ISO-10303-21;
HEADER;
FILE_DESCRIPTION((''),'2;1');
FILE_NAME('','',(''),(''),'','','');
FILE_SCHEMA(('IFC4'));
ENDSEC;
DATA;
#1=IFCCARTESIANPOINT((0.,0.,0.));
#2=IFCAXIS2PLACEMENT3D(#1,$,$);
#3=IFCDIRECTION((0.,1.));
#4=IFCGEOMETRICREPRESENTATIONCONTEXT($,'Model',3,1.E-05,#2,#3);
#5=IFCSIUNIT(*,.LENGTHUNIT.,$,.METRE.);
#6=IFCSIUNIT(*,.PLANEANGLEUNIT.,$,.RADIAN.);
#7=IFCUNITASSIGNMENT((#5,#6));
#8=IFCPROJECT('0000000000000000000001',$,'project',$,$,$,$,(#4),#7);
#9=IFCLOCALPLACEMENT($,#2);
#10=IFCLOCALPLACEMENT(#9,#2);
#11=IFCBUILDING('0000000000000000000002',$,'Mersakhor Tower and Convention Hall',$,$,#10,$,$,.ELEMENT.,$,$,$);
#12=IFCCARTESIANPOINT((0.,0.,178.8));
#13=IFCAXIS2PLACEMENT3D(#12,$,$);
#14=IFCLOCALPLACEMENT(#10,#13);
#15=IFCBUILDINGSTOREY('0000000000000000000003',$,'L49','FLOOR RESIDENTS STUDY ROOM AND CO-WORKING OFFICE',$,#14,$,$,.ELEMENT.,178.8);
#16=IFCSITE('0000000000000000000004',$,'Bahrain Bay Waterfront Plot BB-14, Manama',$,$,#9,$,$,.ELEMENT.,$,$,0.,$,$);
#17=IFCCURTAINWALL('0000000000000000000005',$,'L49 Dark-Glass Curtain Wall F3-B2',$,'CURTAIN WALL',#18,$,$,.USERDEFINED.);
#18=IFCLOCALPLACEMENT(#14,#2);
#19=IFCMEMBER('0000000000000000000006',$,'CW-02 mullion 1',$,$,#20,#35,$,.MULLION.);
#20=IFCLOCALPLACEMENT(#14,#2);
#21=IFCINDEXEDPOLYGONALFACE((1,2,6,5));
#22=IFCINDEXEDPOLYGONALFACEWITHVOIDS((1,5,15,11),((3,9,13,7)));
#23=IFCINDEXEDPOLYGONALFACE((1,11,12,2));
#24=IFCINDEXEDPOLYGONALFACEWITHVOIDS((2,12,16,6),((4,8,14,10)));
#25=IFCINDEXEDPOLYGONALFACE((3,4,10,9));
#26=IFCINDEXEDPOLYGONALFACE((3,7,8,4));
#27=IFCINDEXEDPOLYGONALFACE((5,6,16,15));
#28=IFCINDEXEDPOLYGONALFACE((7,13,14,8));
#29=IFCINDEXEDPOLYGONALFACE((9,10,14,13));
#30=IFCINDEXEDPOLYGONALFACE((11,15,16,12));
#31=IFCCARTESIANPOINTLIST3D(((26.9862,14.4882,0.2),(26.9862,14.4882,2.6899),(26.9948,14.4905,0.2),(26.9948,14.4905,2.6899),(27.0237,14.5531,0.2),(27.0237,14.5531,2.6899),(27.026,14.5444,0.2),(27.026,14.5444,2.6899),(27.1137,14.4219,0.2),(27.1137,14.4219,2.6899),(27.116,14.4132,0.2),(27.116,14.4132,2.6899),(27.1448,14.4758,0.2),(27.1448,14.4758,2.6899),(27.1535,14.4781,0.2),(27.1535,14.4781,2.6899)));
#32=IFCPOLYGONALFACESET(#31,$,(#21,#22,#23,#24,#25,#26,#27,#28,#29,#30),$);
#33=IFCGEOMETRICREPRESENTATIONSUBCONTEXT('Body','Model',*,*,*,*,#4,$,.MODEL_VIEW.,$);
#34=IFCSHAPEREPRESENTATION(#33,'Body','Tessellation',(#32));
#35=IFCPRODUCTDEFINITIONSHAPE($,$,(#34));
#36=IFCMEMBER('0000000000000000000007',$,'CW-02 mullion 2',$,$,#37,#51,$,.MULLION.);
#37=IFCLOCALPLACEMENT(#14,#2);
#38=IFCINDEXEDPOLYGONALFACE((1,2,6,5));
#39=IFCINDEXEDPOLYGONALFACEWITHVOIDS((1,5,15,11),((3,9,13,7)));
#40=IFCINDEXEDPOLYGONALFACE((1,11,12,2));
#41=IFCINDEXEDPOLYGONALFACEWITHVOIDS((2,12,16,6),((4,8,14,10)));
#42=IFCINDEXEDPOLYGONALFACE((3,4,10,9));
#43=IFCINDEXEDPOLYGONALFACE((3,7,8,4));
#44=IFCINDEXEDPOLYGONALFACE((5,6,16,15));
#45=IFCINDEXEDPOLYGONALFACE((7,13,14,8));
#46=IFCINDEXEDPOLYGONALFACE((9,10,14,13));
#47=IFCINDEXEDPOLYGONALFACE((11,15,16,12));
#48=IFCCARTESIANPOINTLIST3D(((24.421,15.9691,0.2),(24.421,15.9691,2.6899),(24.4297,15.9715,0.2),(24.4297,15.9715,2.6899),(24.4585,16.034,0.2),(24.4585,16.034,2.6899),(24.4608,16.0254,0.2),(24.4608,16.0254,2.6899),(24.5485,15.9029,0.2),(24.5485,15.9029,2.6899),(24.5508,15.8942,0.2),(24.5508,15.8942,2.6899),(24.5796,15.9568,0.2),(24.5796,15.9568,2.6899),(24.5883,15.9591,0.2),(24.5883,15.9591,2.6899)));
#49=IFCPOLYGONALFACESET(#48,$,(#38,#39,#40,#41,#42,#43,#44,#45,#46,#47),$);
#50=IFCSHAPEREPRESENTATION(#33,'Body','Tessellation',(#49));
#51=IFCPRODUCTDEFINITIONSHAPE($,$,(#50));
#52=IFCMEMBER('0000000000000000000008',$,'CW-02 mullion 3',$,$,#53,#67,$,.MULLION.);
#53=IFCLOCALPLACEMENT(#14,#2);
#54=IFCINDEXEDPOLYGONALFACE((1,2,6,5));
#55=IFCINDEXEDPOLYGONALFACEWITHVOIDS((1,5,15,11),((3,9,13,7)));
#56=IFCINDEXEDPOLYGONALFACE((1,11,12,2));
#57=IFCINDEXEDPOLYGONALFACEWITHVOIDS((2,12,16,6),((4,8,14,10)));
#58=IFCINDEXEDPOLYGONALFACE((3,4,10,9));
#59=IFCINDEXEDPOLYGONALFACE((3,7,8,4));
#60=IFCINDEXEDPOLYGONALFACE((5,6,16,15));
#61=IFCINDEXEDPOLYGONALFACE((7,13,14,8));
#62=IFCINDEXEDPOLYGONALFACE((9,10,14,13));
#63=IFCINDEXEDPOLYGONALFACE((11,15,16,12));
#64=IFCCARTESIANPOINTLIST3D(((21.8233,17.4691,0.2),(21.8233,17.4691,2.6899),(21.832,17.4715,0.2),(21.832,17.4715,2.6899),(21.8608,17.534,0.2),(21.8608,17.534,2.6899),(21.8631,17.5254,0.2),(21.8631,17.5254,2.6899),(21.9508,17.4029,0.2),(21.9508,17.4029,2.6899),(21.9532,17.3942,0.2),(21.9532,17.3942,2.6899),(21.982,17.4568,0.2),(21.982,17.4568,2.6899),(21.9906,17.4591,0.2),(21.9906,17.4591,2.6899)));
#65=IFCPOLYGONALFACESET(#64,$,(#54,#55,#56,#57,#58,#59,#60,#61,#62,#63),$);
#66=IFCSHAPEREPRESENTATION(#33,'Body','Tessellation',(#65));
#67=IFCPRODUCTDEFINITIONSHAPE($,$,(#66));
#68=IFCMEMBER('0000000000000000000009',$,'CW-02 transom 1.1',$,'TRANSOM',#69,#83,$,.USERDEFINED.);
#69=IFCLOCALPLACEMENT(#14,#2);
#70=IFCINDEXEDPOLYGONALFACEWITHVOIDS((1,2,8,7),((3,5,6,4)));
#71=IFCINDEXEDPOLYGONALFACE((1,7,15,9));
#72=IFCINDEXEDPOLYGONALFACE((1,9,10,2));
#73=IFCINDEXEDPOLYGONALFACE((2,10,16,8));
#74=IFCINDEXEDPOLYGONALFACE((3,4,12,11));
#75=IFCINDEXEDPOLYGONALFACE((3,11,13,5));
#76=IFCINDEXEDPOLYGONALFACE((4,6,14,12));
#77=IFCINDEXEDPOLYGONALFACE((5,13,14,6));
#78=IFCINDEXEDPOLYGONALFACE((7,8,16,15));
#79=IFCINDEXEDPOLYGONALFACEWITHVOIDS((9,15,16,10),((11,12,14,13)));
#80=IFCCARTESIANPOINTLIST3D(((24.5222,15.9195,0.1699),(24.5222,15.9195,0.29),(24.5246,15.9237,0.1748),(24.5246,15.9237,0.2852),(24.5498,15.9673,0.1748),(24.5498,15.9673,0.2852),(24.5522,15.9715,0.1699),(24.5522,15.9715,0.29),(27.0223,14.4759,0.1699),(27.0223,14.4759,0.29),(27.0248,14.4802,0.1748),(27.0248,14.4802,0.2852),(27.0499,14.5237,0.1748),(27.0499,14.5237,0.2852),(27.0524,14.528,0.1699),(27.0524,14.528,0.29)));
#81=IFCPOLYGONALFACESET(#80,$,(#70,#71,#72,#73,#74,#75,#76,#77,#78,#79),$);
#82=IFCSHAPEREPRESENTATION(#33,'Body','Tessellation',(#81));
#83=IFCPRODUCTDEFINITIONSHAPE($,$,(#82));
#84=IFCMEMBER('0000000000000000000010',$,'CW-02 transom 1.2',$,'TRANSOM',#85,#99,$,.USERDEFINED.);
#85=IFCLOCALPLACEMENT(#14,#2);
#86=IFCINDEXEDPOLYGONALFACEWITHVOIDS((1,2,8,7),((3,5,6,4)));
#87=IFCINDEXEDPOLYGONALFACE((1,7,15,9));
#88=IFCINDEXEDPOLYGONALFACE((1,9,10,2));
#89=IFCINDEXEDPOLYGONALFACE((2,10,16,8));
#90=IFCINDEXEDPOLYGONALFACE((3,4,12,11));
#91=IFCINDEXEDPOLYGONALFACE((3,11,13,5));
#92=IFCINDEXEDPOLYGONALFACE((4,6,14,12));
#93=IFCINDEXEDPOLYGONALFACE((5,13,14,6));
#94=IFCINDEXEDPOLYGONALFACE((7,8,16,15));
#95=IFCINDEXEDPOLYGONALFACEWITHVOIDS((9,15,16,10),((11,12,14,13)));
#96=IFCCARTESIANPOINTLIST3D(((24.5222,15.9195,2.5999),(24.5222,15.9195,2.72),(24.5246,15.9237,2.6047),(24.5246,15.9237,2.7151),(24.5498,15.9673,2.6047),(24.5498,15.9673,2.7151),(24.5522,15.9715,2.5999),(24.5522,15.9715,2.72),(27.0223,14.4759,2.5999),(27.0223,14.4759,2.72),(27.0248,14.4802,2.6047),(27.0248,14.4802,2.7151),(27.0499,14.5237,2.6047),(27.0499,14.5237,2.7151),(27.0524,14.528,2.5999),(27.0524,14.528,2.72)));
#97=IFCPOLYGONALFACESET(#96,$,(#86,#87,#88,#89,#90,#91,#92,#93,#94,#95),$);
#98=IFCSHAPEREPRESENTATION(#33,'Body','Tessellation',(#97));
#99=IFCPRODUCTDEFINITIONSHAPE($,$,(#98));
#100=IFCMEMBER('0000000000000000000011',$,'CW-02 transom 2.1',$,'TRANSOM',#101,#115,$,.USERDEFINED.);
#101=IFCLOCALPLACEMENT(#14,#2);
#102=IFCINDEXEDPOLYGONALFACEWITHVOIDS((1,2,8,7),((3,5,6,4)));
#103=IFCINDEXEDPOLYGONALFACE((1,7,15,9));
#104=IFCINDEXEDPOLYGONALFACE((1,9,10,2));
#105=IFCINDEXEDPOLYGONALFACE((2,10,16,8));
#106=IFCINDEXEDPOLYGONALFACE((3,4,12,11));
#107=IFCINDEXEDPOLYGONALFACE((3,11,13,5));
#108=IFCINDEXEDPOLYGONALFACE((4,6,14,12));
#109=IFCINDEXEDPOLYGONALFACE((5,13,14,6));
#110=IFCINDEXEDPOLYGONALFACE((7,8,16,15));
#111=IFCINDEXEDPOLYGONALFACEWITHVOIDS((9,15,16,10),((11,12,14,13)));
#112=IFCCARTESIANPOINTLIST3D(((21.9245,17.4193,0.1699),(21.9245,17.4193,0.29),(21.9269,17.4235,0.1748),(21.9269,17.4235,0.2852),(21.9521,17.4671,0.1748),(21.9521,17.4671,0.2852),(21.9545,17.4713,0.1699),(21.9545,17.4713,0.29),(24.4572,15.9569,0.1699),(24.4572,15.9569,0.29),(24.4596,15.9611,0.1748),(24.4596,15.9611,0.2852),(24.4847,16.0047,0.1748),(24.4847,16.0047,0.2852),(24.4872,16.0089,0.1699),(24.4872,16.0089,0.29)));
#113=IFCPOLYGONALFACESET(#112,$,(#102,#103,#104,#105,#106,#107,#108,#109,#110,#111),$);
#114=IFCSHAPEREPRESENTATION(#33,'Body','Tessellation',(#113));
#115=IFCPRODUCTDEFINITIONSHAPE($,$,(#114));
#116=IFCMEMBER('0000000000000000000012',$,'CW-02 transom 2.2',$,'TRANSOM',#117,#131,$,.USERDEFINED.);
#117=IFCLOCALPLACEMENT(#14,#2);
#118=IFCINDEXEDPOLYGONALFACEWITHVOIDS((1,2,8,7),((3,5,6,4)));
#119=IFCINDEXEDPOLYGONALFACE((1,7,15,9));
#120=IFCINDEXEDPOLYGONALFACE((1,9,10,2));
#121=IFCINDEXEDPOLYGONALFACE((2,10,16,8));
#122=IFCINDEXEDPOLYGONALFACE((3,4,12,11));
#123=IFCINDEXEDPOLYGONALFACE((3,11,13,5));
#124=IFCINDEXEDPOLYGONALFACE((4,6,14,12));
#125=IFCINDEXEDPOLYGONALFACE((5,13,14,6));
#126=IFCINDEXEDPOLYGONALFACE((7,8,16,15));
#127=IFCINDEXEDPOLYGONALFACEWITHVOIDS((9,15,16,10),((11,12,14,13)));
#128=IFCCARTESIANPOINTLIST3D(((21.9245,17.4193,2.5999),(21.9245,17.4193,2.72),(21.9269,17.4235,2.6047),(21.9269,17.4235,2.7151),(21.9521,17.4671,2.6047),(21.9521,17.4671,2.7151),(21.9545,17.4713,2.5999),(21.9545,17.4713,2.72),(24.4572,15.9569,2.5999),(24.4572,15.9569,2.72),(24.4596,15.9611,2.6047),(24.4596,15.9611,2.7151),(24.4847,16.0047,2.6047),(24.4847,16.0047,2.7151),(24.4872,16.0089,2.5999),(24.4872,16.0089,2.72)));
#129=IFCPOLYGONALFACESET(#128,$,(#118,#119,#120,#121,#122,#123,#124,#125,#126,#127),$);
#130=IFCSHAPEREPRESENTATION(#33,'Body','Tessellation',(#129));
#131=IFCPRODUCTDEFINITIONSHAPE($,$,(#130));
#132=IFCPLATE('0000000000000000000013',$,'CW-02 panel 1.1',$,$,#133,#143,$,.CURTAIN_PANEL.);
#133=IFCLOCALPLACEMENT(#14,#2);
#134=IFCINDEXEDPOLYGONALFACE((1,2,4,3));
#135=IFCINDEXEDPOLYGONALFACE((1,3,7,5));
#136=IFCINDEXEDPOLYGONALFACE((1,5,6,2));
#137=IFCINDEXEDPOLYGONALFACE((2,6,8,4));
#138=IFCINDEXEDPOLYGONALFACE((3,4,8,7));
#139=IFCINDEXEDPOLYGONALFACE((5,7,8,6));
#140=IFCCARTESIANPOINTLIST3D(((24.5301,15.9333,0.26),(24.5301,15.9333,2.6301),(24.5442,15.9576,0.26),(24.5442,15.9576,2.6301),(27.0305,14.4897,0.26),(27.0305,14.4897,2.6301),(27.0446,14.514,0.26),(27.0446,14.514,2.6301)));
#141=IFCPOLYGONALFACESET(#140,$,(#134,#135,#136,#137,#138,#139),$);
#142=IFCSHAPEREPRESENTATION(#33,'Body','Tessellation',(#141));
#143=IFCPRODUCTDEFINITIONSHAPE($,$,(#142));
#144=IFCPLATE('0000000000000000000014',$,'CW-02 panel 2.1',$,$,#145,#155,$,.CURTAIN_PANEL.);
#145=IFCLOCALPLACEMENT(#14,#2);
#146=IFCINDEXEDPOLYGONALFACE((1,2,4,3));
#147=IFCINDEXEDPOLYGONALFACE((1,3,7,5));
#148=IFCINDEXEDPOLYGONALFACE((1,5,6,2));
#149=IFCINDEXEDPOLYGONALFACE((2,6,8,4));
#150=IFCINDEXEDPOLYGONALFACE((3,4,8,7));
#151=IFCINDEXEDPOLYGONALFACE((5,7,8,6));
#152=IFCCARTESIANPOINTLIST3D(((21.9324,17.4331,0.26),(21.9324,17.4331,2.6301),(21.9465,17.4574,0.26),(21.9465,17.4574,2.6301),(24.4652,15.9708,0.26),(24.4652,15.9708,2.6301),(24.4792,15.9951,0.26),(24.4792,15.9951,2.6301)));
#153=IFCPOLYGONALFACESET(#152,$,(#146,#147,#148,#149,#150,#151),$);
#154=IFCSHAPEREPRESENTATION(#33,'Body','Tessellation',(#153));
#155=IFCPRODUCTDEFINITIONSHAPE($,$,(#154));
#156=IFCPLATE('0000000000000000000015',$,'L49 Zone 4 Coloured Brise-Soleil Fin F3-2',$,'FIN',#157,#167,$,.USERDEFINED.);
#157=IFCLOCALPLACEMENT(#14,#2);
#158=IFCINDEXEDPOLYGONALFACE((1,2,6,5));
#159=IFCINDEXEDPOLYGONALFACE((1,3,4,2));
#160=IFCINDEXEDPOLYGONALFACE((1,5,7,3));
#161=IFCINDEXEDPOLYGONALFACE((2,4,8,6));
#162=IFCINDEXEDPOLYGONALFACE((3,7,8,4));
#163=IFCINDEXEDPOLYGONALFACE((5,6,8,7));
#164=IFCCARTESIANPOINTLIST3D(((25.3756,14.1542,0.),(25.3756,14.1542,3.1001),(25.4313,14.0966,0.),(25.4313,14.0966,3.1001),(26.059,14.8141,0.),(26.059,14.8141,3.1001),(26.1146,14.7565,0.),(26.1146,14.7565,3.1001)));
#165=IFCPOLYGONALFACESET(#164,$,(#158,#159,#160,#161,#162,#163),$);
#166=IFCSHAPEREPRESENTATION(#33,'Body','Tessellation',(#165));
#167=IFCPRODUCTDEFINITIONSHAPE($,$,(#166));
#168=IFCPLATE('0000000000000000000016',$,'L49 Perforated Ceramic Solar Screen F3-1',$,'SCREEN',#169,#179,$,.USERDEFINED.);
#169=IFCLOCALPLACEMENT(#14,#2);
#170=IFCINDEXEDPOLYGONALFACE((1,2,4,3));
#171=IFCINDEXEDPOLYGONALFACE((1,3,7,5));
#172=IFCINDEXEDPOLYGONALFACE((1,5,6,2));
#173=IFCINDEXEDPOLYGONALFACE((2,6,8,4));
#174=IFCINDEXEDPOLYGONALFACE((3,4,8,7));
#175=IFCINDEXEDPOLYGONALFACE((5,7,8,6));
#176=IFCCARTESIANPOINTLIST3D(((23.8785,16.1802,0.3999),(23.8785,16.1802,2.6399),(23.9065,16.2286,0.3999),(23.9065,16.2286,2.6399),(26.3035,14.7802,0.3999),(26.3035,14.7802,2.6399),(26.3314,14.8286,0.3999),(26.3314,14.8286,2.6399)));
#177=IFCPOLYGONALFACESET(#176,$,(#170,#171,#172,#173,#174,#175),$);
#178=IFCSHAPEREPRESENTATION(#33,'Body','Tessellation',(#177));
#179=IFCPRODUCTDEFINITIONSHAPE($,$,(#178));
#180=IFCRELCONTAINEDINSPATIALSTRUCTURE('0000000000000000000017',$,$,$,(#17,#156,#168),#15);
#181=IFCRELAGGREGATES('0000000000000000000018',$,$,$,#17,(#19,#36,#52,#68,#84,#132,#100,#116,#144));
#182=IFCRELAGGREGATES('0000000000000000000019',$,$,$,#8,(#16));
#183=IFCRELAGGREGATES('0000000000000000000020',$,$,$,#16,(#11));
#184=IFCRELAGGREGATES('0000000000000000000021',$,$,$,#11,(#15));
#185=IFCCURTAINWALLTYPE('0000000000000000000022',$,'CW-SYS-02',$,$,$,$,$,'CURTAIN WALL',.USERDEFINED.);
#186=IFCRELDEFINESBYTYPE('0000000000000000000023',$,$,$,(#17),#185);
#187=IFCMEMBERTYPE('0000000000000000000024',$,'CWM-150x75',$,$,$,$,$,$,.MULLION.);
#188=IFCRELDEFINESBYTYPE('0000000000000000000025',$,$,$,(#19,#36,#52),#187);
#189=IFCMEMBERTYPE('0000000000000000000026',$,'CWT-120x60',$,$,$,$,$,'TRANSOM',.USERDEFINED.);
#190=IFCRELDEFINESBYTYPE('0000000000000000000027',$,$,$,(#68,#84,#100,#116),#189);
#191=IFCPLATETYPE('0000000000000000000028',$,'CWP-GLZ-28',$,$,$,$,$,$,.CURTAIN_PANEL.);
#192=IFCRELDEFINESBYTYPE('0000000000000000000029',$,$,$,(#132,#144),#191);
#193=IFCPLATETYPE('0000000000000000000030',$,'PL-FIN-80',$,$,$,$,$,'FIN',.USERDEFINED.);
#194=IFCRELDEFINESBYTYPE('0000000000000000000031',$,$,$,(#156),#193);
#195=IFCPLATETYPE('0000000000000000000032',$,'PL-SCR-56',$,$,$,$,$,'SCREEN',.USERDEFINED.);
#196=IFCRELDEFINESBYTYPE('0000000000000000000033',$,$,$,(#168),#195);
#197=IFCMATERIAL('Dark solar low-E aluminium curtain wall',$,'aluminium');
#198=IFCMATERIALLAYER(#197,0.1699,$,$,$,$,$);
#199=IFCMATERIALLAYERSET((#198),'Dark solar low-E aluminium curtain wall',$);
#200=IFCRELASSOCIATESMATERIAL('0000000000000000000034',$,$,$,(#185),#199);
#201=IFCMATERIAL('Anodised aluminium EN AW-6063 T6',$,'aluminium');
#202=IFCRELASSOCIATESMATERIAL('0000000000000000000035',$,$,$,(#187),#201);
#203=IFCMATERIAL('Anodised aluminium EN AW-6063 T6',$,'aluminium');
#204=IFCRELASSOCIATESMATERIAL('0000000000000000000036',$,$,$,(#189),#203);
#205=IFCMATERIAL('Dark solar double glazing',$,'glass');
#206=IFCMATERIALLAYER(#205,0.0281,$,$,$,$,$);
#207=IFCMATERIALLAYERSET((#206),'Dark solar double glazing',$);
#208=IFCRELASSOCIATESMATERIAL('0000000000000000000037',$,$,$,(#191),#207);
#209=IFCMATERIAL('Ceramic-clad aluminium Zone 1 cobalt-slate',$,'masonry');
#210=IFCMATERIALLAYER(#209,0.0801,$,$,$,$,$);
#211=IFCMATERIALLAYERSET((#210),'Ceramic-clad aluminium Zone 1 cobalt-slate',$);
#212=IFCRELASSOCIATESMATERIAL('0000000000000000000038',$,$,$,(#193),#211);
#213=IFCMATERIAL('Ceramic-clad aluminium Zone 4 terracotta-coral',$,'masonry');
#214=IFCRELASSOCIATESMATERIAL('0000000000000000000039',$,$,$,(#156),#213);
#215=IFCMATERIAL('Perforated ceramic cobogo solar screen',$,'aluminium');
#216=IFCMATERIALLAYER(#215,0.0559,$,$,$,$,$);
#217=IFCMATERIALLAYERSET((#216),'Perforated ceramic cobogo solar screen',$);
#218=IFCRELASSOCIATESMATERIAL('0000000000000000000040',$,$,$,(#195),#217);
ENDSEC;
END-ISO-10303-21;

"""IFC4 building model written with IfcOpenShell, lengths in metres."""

from ifc_helpers import new_model, si_unit, direction, frame, origin, origin_2d, place, context, subcontext, project, spatial, rectangle, hollow_rectangle, extrude, material, layer, layer_set, material_profile, profile_set, type_object, element, aggregate, save


model = new_model("IFC4")

# Units and contexts
model_context = context("Model", 3, precision=1e-05, world=origin(), true_north=direction((0.0, 1.0)))
body_context = subcontext(model_context, "Body", "Model", "MODEL_VIEW")
ifc_project = project(units=[si_unit("LENGTHUNIT", "METRE"), si_unit("PLANEANGLEUNIT", "RADIAN")], contexts=[model_context])

# Site, building, storey
site_placement = place(None, origin())
site = spatial("IfcSite", under=ifc_project, at=site_placement, Name="Bahrain Bay Waterfront Plot BB-14, Manama", CompositionType="ELEMENT", RefElevation=0.0)
building_placement = place(site_placement, origin())
building = spatial("IfcBuilding", under=site, at=building_placement, Name="Mersakhor Tower and Convention Hall", CompositionType="ELEMENT")
storey_placement = place(building_placement, frame((0.0, 0.0, 178.8)))
storey = spatial("IfcBuildingStorey", under=building, at=storey_placement, Name="L49", Description="FLOOR RESIDENTS STUDY ROOM AND CO-WORKING OFFICE", CompositionType="ELEMENT", Elevation=178.8)

# Curtain wall, members, plates
ifc_material_1 = material(Name="Dark solar low-E aluminium curtain wall", Category="aluminium")
ifc_layer_1 = layer(ifc_material_1, 0.1699)
ifc_layer_set_1 = layer_set([ifc_layer_1], Name="Dark solar low-E aluminium curtain wall")
curtain_wall_type = type_object("IfcCurtainWallType", Name="CW-SYS-02", ElementType="CURTAIN WALL", PredefinedType="USERDEFINED", material=ifc_layer_set_1)
curtain_wall_placement = place(storey_placement, origin())
curtain_wall = element("IfcCurtainWall", 1, at=curtain_wall_placement, inside=storey, type_object=curtain_wall_type, Name="L49 Dark-Glass Curtain Wall F3-B2", ObjectType="CURTAIN WALL", PredefinedType="USERDEFINED")
ifc_material_2 = material(Name="Anodised aluminium EN AW-6063 T6", Category="aluminium")
ifc_material_profile_1 = material_profile(ifc_material_2, hollow_rectangle(XDim=0.075, YDim=0.1499, WallThickness=0.0063, at=origin_2d()), Name="RHS 150x75x6.3")
ifc_profile_set_1 = profile_set([ifc_material_profile_1], Name="Anodised aluminium EN AW-6063 T6")
member_type_1 = type_object("IfcMemberType", Name="CWM-150x75", PredefinedType="MULLION", material=ifc_profile_set_1)
member_1_placement = place(storey_placement, frame((27.0698, 14.4832, 0.2), z_axis=(0.0, 0.0, 1.0), x_axis=(-0.500008, -0.866021, 0.0)))
member_1 = element("IfcMember", 2, at=member_1_placement, type_object=member_type_1, Name="CW-02 mullion 1", PredefinedType="MULLION", context=body_context, shape_type="SweptSolid", body=[
    extrude(hollow_rectangle(XDim=0.075, YDim=0.1499, WallThickness=0.0063, at=origin_2d()), origin(), (0.0, 0.0, 1.0), 2.49),
])
member_2_placement = place(storey_placement, frame((24.5046, 15.9641, 0.2), z_axis=(0.0, 0.0, 1.0), x_axis=(-0.500008, -0.866021, 0.0)))
member_2 = element("IfcMember", 3, at=member_2_placement, type_object=member_type_1, Name="CW-02 mullion 2", PredefinedType="MULLION", context=body_context, shape_type="SweptSolid", body=[
    extrude(hollow_rectangle(XDim=0.075, YDim=0.1499, WallThickness=0.0063, at=origin_2d()), origin(), (0.0, 0.0, 1.0), 2.49),
])
member_3_placement = place(storey_placement, frame((21.907, 17.4641, 0.2), z_axis=(0.0, 0.0, 1.0), x_axis=(-0.500008, -0.866021, 0.0)))
member_3 = element("IfcMember", 4, at=member_3_placement, type_object=member_type_1, Name="CW-02 mullion 3", PredefinedType="MULLION", context=body_context, shape_type="SweptSolid", body=[
    extrude(hollow_rectangle(XDim=0.075, YDim=0.1499, WallThickness=0.0063, at=origin_2d()), origin(), (0.0, 0.0, 1.0), 2.49),
])
ifc_material_3 = material(Name="Anodised aluminium EN AW-6063 T6", Category="aluminium")
ifc_material_profile_2 = material_profile(ifc_material_3, hollow_rectangle(XDim=0.0601, YDim=0.1201, WallThickness=0.0049, at=origin_2d()), Name="RHS 120x60x5")
ifc_profile_set_2 = profile_set([ifc_material_profile_2], Name="Anodised aluminium EN AW-6063 T6")
member_type_2 = type_object("IfcMemberType", Name="CWT-120x60", ElementType="TRANSOM", PredefinedType="USERDEFINED", material=ifc_profile_set_2)
member_4_placement = place(storey_placement, frame((27.0374, 14.502, 0.23), z_axis=(-0.866012, 0.500023, 0.0), x_axis=(-0.500023, -0.866012, 0.0)))
member_4 = element("IfcMember", 5, at=member_4_placement, type_object=member_type_2, Name="CW-02 transom 1.1", ObjectType="TRANSOM", PredefinedType="USERDEFINED", context=body_context, shape_type="SweptSolid", body=[
    extrude(hollow_rectangle(XDim=0.0601, YDim=0.1201, WallThickness=0.0049, at=origin_2d()), origin(), (0.0, 0.0, 1.0), 2.887),
])
member_5_placement = place(storey_placement, frame((27.0374, 14.502, 2.6599), z_axis=(-0.866012, 0.500023, 0.0), x_axis=(-0.500023, -0.866012, 0.0)))
member_5 = element("IfcMember", 6, at=member_5_placement, type_object=member_type_2, Name="CW-02 transom 1.2", ObjectType="TRANSOM", PredefinedType="USERDEFINED", context=body_context, shape_type="SweptSolid", body=[
    extrude(hollow_rectangle(XDim=0.0601, YDim=0.1201, WallThickness=0.0049, at=origin_2d()), origin(), (0.0, 0.0, 1.0), 2.887),
])
member_6_placement = place(storey_placement, frame((24.4722, 15.9829, 0.23), z_axis=(-0.866005, 0.500036, 0.0), x_axis=(-0.500036, -0.866005, 0.0)))
member_6 = element("IfcMember", 7, at=member_6_placement, type_object=member_type_2, Name="CW-02 transom 2.1", ObjectType="TRANSOM", PredefinedType="USERDEFINED", context=body_context, shape_type="SweptSolid", body=[
    extrude(hollow_rectangle(XDim=0.0601, YDim=0.1201, WallThickness=0.0049, at=origin_2d()), origin(), (0.0, 0.0, 1.0), 2.9246),
])
member_7_placement = place(storey_placement, frame((24.4722, 15.9829, 2.6599), z_axis=(-0.866005, 0.500036, 0.0), x_axis=(-0.500036, -0.866005, 0.0)))
member_7 = element("IfcMember", 8, at=member_7_placement, type_object=member_type_2, Name="CW-02 transom 2.2", ObjectType="TRANSOM", PredefinedType="USERDEFINED", context=body_context, shape_type="SweptSolid", body=[
    extrude(hollow_rectangle(XDim=0.0601, YDim=0.1201, WallThickness=0.0049, at=origin_2d()), origin(), (0.0, 0.0, 1.0), 2.9246),
])
ifc_material_4 = material(Name="Dark solar double glazing", Category="glass")
ifc_layer_2 = layer(ifc_material_4, 0.0281)
ifc_layer_set_2 = layer_set([ifc_layer_2], Name="Dark solar double glazing")
plate_type_1 = type_object("IfcPlateType", Name="CWP-GLZ-28", PredefinedType="CURTAIN_PANEL", material=ifc_layer_set_2)
plate_1_placement = place(storey_placement, frame((25.7874, 15.2236, 0.26), z_axis=(0.0, 0.0, 1.0), x_axis=(-0.866021, 0.500008, 0.0)))
plate_1 = element("IfcPlate", 9, at=plate_1_placement, type_object=plate_type_1, Name="CW-02 panel 1.1", PredefinedType="CURTAIN_PANEL", context=body_context, shape_type="SweptSolid", body=[
    extrude(rectangle(XDim=2.8872, YDim=0.0281, at=origin_2d()), origin(), (0.0, 0.0, 1.0), 2.3701),
])
plate_2_placement = place(storey_placement, frame((23.2058, 16.7141, 0.26), z_axis=(0.0, 0.0, 1.0), x_axis=(-0.866021, 0.500008, 0.0)))
plate_2 = element("IfcPlate", 10, at=plate_2_placement, type_object=plate_type_1, Name="CW-02 panel 2.1", PredefinedType="CURTAIN_PANEL", context=body_context, shape_type="SweptSolid", body=[
    extrude(rectangle(XDim=2.9246, YDim=0.0281, at=origin_2d()), origin(), (0.0, 0.0, 1.0), 2.3701),
])
aggregate(curtain_wall, [member_1, member_2, member_3, member_4, member_5, plate_1, member_6, member_7, plate_2])

# Plates
ifc_material_5 = material(Name="Ceramic-clad aluminium Zone 4 terracotta-coral", Category="masonry")
ifc_material_6 = material(Name="Ceramic-clad aluminium Zone 1 cobalt-slate", Category="masonry")
ifc_layer_3 = layer(ifc_material_6, 0.0801)
ifc_layer_set_3 = layer_set([ifc_layer_3], Name="Ceramic-clad aluminium Zone 1 cobalt-slate")
plate_type_2 = type_object("IfcPlateType", Name="PL-FIN-80", ElementType="FIN", PredefinedType="USERDEFINED", material=ifc_layer_set_3)
plate_3_placement = place(storey_placement, frame((25.7451, 14.4553, 0.0), z_axis=(0.0, 0.0, 1.0), x_axis=(-0.71934, -0.694658, 0.0)))
element("IfcPlate", 11, at=plate_3_placement, inside=storey, type_object=plate_type_2, material=ifc_material_5, Name="L49 Zone 4 Coloured Brise-Soleil Fin F3-2", ObjectType="FIN", PredefinedType="USERDEFINED", context=body_context, shape_type="SweptSolid", body=[
    extrude(rectangle(XDim=0.95, YDim=0.0801, at=origin_2d()), origin(), (0.0, 0.0, 1.0), 3.1001),
])
ifc_material_7 = material(Name="Perforated ceramic cobogo solar screen", Category="aluminium")
ifc_layer_4 = layer(ifc_material_7, 0.0559)
ifc_layer_set_4 = layer_set([ifc_layer_4], Name="Perforated ceramic cobogo solar screen")
plate_type_3 = type_object("IfcPlateType", Name="PL-SCR-56", ElementType="SCREEN", PredefinedType="USERDEFINED", material=ifc_layer_set_4)
plate_4_placement = place(storey_placement, frame((25.105, 15.5044, 0.3999), z_axis=(0.0, 0.0, 1.0), x_axis=(-0.866025, 0.5, 0.0)))
element("IfcPlate", 12, at=plate_4_placement, inside=storey, type_object=plate_type_3, Name="L49 Perforated Ceramic Solar Screen F3-1", ObjectType="SCREEN", PredefinedType="USERDEFINED", context=body_context, shape_type="SweptSolid", body=[
    extrude(rectangle(XDim=2.8, YDim=0.0559, at=origin_2d()), origin(), (0.0, 0.0, 1.0), 2.24),
])

save(model, "model.ifc")
